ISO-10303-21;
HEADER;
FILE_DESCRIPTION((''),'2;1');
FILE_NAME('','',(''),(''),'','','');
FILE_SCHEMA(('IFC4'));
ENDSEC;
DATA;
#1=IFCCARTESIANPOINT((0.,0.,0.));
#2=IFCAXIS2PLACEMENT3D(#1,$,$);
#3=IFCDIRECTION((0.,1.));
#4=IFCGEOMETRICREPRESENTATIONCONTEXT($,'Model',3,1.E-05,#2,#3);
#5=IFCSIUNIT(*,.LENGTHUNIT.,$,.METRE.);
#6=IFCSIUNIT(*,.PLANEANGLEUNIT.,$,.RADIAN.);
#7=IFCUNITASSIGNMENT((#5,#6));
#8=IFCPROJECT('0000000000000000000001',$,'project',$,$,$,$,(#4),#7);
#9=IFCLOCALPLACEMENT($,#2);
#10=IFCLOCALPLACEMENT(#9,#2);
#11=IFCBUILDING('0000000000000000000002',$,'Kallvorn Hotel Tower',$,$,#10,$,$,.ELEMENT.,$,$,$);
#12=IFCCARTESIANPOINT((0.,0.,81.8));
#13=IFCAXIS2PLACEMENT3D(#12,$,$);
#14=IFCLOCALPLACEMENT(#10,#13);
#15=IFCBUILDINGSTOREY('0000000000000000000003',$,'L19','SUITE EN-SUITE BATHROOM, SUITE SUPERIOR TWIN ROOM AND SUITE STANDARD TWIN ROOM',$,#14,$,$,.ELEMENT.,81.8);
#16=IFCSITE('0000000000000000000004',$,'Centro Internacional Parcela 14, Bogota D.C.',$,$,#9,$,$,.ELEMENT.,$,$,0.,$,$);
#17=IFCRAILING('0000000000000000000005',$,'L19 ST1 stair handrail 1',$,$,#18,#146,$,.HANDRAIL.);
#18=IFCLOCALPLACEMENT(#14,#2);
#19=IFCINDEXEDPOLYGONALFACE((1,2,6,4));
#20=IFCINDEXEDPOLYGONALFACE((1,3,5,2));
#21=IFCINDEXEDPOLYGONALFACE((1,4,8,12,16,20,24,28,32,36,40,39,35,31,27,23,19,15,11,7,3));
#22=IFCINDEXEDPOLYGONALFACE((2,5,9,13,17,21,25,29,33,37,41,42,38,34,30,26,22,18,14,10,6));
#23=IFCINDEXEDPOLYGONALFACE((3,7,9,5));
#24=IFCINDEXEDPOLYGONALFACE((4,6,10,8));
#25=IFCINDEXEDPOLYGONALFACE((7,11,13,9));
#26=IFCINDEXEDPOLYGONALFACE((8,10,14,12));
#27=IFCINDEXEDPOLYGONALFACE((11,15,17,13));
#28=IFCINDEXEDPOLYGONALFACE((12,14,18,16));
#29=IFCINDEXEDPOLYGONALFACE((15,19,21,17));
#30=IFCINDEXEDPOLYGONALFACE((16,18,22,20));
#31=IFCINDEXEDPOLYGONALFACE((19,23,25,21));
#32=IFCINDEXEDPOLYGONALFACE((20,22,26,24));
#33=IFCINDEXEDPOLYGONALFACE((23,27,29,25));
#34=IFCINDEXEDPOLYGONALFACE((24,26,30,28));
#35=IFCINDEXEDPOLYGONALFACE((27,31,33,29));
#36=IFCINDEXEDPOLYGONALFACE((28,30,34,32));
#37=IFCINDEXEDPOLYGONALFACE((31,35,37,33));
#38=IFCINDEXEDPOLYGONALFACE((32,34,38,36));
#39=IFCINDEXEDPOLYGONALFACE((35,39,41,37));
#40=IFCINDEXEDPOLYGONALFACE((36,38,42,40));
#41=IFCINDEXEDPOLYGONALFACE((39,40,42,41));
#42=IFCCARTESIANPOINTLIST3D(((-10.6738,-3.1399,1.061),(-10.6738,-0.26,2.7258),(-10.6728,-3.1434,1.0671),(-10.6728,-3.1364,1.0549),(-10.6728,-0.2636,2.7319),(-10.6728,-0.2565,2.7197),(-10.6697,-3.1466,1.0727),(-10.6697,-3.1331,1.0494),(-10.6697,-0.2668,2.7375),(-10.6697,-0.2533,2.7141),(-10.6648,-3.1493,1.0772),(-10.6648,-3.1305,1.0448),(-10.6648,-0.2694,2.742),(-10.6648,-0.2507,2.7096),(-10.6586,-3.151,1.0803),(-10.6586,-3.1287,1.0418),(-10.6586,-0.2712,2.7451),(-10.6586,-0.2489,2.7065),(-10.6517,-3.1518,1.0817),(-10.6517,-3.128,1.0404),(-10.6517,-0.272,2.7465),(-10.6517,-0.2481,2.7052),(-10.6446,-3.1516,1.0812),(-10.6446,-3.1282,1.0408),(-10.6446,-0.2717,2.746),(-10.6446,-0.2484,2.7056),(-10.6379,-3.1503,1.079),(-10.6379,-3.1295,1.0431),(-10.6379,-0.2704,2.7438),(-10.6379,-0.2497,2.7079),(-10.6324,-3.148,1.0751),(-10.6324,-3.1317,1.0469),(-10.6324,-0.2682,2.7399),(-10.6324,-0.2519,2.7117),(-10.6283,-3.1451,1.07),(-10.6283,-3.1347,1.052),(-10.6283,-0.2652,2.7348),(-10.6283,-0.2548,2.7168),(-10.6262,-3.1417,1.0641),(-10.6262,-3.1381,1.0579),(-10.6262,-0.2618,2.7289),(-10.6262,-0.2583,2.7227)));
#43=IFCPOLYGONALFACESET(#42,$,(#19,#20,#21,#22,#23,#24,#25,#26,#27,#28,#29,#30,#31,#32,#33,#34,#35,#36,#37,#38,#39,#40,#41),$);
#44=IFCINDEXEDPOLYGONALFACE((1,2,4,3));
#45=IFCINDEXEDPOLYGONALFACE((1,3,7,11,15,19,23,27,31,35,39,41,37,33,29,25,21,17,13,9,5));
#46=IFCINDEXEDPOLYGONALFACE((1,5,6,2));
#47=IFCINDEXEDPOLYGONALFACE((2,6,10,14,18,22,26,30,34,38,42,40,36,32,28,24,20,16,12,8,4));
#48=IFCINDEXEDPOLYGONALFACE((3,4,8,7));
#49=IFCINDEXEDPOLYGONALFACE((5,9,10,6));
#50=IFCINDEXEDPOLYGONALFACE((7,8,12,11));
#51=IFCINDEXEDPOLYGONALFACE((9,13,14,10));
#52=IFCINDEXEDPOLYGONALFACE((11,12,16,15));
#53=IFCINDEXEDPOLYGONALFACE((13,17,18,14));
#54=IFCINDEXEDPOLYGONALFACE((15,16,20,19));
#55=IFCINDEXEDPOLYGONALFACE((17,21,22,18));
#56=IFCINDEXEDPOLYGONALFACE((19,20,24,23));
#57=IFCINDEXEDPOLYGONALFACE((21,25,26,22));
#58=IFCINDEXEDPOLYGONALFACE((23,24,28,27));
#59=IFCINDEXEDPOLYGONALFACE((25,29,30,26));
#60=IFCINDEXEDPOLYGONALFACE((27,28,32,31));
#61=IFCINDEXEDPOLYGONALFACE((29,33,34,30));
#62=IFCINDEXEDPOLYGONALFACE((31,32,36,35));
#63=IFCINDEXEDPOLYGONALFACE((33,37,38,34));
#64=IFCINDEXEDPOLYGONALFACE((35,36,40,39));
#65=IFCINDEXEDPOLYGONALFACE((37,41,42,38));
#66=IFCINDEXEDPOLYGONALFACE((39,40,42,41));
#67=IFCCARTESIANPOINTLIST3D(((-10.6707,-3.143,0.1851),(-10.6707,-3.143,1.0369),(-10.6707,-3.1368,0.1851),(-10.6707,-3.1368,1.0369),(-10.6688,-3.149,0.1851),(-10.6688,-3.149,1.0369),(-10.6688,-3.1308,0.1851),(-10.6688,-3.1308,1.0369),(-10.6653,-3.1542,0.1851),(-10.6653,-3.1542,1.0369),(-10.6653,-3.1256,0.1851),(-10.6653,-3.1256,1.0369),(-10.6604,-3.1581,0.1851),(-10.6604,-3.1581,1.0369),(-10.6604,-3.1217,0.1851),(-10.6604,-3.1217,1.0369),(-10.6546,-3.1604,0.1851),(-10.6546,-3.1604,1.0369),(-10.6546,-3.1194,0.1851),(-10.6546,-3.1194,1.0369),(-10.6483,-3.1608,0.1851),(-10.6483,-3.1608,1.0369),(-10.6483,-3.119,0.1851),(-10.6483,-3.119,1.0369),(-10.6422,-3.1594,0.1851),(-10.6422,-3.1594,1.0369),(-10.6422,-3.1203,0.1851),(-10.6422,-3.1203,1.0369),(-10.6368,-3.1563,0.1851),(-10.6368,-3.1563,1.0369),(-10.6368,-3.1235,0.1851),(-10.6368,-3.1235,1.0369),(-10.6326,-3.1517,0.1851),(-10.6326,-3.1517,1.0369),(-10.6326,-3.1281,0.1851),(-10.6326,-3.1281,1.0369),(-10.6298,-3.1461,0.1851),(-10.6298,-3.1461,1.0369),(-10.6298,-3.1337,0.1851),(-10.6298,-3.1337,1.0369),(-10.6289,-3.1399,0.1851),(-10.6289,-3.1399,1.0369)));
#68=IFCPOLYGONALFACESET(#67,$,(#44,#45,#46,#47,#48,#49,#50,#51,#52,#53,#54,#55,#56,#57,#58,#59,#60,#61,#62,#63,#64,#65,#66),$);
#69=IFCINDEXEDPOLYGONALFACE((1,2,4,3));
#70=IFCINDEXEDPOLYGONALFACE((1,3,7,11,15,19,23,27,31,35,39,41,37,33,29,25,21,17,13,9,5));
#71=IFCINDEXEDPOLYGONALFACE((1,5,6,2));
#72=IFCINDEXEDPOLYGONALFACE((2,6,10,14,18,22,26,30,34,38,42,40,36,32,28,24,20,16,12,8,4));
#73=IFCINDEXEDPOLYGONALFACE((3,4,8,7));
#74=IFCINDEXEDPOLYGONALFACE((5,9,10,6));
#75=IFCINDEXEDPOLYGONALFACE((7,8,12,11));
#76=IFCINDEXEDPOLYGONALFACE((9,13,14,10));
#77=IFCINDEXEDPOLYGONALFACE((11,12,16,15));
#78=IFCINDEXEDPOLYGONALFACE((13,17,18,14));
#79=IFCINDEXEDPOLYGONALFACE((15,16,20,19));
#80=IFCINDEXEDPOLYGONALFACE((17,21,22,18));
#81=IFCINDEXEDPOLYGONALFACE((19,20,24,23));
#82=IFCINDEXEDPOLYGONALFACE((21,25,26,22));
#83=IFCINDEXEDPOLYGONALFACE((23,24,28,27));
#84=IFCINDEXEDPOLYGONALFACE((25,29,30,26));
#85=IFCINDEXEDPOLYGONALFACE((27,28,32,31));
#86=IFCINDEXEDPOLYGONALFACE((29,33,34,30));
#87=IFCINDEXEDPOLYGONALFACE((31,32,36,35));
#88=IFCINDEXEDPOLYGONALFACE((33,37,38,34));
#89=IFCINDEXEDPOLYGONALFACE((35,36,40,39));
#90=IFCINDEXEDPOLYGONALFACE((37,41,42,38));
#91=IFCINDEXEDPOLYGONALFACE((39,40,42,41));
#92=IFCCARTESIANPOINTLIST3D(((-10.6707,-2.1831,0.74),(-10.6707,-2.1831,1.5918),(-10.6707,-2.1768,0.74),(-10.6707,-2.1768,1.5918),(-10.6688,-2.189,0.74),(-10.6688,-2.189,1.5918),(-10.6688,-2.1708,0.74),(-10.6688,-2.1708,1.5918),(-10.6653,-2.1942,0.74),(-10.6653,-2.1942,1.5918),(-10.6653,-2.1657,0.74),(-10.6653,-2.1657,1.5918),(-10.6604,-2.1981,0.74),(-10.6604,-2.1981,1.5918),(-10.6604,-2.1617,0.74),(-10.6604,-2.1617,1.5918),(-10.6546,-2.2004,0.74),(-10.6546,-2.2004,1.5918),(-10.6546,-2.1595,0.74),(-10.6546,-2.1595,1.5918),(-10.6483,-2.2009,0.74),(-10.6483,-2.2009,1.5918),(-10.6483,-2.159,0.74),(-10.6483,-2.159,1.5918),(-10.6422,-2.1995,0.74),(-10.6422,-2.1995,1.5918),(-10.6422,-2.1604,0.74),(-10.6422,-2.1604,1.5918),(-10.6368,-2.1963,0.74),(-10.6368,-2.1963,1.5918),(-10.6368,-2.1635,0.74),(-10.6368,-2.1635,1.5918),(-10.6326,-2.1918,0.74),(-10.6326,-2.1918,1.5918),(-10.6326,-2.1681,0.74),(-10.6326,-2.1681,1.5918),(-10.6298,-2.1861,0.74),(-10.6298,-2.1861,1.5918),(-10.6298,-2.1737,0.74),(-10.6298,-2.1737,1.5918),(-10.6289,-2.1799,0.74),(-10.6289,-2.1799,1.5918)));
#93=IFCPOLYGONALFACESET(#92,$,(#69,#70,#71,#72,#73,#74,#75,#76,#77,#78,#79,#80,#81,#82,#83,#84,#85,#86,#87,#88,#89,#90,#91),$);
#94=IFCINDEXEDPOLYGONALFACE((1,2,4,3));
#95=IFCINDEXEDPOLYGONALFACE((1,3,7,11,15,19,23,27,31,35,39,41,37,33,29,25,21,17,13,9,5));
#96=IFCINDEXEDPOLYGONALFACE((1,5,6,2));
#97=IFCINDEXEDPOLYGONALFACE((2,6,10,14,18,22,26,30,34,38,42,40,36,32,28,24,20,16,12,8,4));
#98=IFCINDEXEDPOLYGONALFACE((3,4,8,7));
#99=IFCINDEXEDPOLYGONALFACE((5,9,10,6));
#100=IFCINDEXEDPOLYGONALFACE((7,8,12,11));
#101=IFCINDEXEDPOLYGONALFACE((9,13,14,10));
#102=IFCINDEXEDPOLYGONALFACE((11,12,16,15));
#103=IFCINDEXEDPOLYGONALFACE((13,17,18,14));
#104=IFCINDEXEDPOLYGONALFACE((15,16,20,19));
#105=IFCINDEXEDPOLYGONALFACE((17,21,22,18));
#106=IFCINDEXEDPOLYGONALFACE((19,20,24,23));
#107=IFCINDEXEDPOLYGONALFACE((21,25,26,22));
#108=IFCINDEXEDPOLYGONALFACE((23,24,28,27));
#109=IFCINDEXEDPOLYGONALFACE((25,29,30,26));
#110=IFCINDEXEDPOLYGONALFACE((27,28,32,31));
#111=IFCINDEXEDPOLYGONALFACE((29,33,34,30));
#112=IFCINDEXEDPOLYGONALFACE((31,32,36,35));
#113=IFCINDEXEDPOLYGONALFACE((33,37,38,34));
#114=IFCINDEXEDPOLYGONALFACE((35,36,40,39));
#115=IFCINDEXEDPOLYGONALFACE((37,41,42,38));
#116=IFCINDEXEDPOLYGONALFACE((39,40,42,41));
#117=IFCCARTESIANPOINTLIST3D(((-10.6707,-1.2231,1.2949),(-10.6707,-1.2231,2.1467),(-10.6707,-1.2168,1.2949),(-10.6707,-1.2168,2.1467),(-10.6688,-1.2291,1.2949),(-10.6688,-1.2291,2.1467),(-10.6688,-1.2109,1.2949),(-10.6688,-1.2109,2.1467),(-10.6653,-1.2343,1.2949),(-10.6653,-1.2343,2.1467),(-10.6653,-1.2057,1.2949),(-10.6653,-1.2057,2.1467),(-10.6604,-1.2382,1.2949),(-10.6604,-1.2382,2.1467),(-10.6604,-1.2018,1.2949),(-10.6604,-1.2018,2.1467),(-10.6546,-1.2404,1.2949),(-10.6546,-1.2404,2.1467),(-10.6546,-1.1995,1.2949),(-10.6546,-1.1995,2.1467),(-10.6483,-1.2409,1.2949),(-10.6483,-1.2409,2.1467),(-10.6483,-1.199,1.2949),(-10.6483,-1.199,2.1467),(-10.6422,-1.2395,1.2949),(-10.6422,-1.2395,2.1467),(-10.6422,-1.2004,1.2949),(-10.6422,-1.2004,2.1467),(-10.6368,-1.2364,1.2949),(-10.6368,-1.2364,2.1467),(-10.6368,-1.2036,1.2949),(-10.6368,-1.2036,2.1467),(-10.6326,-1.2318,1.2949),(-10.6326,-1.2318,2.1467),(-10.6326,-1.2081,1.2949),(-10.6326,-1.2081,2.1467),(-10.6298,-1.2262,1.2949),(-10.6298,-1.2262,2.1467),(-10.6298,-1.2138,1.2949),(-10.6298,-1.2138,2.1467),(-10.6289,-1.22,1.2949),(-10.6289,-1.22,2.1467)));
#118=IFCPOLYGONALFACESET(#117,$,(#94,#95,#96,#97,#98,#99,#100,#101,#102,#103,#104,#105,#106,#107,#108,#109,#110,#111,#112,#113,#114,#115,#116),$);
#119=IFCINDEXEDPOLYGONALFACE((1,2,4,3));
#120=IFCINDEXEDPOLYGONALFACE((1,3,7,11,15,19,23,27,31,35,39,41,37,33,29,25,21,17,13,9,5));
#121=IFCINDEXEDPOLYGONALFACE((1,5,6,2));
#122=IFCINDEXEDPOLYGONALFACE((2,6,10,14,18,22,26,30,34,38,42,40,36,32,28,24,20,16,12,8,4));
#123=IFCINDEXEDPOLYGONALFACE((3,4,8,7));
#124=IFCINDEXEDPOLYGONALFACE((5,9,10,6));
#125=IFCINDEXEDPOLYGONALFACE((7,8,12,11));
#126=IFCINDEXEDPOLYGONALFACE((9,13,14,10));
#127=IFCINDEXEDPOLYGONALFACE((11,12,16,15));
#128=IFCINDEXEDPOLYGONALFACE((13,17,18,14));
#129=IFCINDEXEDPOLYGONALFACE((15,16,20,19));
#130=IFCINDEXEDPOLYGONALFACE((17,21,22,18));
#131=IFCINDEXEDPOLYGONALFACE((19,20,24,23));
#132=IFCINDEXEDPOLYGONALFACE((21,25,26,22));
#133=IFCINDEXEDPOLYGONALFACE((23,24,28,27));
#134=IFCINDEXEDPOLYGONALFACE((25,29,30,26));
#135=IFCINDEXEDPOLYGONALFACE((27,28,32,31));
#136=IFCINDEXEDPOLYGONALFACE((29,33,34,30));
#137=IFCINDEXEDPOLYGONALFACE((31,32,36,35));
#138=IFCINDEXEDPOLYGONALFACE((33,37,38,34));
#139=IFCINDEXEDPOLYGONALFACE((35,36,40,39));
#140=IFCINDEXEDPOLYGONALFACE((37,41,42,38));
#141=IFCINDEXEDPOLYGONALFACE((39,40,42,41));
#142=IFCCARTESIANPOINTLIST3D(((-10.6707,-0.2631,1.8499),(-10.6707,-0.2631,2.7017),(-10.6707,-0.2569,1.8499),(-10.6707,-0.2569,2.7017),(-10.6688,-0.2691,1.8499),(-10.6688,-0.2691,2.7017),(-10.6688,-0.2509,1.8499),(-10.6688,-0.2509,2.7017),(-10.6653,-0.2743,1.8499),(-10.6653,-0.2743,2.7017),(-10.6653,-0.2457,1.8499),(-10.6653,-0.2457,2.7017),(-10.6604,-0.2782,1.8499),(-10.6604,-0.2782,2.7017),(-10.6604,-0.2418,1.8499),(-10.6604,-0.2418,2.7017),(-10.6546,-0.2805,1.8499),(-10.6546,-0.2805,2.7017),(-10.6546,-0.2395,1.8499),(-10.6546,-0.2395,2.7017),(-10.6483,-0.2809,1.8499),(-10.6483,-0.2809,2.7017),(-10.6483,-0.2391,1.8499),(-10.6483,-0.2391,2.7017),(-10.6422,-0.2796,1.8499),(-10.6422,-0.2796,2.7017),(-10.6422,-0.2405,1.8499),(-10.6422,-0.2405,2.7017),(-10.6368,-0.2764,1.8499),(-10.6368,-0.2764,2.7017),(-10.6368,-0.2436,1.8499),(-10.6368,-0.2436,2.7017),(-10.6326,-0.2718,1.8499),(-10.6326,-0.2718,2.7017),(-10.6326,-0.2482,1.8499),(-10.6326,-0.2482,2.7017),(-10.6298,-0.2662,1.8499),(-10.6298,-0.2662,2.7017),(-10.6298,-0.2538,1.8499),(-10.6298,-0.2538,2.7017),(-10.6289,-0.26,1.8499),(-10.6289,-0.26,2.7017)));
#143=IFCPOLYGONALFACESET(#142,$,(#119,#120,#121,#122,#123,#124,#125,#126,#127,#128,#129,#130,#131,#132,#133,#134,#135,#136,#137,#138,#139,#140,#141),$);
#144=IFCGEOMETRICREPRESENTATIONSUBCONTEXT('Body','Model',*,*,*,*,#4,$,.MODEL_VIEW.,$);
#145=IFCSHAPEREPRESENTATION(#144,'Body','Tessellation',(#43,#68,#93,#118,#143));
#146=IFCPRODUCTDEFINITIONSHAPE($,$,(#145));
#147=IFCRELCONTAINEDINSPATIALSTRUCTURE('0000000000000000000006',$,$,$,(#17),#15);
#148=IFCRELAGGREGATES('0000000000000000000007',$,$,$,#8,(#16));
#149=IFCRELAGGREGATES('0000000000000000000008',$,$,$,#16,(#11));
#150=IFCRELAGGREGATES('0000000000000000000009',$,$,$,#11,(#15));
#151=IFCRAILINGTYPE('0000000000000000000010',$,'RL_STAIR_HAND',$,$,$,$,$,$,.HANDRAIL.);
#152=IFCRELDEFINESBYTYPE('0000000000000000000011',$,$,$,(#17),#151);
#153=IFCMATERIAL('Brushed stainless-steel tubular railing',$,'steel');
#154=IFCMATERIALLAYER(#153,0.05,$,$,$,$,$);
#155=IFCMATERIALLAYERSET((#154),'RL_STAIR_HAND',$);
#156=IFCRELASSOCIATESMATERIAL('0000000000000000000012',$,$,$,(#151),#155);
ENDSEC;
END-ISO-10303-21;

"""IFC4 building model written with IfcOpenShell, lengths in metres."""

from ifc_helpers import new_model, si_unit, direction, frame, origin, origin_2d, place, context, subcontext, project, spatial, circle, extrude, material, layer, layer_set, type_object, element, save


model = new_model("IFC4")

# Units and contexts
model_context = context("Model", 3, precision=1e-05, world=origin(), true_north=direction((0.0, 1.0)))
body_context = subcontext(model_context, "Body", "Model", "MODEL_VIEW")
ifc_project = project(units=[si_unit("LENGTHUNIT", "METRE"), si_unit("PLANEANGLEUNIT", "RADIAN")], contexts=[model_context])

# Site, building, storey
site_placement = place(None, origin())
site = spatial("IfcSite", under=ifc_project, at=site_placement, Name="Centro Internacional Parcela 14, Bogota D.C.", CompositionType="ELEMENT", RefElevation=0.0)
building_placement = place(site_placement, origin())
building = spatial("IfcBuilding", under=site, at=building_placement, Name="Kallvorn Hotel Tower", CompositionType="ELEMENT")
storey_placement = place(building_placement, frame((0.0, 0.0, 81.8)))
storey = spatial("IfcBuildingStorey", under=building, at=storey_placement, Name="L19", Description="SUITE EN-SUITE BATHROOM, SUITE SUPERIOR TWIN ROOM AND SUITE STANDARD TWIN ROOM", CompositionType="ELEMENT", Elevation=81.8)

# Railing
ifc_material_1 = material(Name="Brushed stainless-steel tubular railing", Category="steel")
ifc_layer_1 = layer(ifc_material_1, 0.05)
ifc_layer_set_1 = layer_set([ifc_layer_1], Name="RL_STAIR_HAND")
railing_type_1 = type_object("IfcRailingType", Name="RL_STAIR_HAND", PredefinedType="HANDRAIL", material=ifc_layer_set_1)
railing_1_placement = place(storey_placement, frame((-10.6499, -3.1399, 0.1851)))
element("IfcRailing", 1, at=railing_1_placement, inside=storey, type_object=railing_type_1, Name="L19 ST1 stair handrail 1", PredefinedType="HANDRAIL", context=body_context, shape_type="SweptSolid", body=[
    extrude(circle(Radius=0.0239, at=origin_2d()), frame((0.0, 0.0, 0.876), z_axis=(0.0, 0.865753, 0.500472), x_axis=(-1.0, 0.0, 0.0)), (0.0, 0.0, 1.0), 3.3264),
    extrude(circle(Radius=0.021, at=origin_2d()), origin(), (0.0, 0.0, 1.0), 0.8518),
    extrude(circle(Radius=0.021, at=origin_2d()), frame((0.0, 0.96, 0.5549)), (0.0, 0.0, 1.0), 0.8518),
    extrude(circle(Radius=0.021, at=origin_2d()), frame((0.0, 1.9199, 1.1099)), (0.0, 0.0, 1.0), 0.8518),
    extrude(circle(Radius=0.021, at=origin_2d()), frame((0.0, 2.8799, 1.6648)), (0.0, 0.0, 1.0), 0.8518),
])

save(model, "model.ifc")
